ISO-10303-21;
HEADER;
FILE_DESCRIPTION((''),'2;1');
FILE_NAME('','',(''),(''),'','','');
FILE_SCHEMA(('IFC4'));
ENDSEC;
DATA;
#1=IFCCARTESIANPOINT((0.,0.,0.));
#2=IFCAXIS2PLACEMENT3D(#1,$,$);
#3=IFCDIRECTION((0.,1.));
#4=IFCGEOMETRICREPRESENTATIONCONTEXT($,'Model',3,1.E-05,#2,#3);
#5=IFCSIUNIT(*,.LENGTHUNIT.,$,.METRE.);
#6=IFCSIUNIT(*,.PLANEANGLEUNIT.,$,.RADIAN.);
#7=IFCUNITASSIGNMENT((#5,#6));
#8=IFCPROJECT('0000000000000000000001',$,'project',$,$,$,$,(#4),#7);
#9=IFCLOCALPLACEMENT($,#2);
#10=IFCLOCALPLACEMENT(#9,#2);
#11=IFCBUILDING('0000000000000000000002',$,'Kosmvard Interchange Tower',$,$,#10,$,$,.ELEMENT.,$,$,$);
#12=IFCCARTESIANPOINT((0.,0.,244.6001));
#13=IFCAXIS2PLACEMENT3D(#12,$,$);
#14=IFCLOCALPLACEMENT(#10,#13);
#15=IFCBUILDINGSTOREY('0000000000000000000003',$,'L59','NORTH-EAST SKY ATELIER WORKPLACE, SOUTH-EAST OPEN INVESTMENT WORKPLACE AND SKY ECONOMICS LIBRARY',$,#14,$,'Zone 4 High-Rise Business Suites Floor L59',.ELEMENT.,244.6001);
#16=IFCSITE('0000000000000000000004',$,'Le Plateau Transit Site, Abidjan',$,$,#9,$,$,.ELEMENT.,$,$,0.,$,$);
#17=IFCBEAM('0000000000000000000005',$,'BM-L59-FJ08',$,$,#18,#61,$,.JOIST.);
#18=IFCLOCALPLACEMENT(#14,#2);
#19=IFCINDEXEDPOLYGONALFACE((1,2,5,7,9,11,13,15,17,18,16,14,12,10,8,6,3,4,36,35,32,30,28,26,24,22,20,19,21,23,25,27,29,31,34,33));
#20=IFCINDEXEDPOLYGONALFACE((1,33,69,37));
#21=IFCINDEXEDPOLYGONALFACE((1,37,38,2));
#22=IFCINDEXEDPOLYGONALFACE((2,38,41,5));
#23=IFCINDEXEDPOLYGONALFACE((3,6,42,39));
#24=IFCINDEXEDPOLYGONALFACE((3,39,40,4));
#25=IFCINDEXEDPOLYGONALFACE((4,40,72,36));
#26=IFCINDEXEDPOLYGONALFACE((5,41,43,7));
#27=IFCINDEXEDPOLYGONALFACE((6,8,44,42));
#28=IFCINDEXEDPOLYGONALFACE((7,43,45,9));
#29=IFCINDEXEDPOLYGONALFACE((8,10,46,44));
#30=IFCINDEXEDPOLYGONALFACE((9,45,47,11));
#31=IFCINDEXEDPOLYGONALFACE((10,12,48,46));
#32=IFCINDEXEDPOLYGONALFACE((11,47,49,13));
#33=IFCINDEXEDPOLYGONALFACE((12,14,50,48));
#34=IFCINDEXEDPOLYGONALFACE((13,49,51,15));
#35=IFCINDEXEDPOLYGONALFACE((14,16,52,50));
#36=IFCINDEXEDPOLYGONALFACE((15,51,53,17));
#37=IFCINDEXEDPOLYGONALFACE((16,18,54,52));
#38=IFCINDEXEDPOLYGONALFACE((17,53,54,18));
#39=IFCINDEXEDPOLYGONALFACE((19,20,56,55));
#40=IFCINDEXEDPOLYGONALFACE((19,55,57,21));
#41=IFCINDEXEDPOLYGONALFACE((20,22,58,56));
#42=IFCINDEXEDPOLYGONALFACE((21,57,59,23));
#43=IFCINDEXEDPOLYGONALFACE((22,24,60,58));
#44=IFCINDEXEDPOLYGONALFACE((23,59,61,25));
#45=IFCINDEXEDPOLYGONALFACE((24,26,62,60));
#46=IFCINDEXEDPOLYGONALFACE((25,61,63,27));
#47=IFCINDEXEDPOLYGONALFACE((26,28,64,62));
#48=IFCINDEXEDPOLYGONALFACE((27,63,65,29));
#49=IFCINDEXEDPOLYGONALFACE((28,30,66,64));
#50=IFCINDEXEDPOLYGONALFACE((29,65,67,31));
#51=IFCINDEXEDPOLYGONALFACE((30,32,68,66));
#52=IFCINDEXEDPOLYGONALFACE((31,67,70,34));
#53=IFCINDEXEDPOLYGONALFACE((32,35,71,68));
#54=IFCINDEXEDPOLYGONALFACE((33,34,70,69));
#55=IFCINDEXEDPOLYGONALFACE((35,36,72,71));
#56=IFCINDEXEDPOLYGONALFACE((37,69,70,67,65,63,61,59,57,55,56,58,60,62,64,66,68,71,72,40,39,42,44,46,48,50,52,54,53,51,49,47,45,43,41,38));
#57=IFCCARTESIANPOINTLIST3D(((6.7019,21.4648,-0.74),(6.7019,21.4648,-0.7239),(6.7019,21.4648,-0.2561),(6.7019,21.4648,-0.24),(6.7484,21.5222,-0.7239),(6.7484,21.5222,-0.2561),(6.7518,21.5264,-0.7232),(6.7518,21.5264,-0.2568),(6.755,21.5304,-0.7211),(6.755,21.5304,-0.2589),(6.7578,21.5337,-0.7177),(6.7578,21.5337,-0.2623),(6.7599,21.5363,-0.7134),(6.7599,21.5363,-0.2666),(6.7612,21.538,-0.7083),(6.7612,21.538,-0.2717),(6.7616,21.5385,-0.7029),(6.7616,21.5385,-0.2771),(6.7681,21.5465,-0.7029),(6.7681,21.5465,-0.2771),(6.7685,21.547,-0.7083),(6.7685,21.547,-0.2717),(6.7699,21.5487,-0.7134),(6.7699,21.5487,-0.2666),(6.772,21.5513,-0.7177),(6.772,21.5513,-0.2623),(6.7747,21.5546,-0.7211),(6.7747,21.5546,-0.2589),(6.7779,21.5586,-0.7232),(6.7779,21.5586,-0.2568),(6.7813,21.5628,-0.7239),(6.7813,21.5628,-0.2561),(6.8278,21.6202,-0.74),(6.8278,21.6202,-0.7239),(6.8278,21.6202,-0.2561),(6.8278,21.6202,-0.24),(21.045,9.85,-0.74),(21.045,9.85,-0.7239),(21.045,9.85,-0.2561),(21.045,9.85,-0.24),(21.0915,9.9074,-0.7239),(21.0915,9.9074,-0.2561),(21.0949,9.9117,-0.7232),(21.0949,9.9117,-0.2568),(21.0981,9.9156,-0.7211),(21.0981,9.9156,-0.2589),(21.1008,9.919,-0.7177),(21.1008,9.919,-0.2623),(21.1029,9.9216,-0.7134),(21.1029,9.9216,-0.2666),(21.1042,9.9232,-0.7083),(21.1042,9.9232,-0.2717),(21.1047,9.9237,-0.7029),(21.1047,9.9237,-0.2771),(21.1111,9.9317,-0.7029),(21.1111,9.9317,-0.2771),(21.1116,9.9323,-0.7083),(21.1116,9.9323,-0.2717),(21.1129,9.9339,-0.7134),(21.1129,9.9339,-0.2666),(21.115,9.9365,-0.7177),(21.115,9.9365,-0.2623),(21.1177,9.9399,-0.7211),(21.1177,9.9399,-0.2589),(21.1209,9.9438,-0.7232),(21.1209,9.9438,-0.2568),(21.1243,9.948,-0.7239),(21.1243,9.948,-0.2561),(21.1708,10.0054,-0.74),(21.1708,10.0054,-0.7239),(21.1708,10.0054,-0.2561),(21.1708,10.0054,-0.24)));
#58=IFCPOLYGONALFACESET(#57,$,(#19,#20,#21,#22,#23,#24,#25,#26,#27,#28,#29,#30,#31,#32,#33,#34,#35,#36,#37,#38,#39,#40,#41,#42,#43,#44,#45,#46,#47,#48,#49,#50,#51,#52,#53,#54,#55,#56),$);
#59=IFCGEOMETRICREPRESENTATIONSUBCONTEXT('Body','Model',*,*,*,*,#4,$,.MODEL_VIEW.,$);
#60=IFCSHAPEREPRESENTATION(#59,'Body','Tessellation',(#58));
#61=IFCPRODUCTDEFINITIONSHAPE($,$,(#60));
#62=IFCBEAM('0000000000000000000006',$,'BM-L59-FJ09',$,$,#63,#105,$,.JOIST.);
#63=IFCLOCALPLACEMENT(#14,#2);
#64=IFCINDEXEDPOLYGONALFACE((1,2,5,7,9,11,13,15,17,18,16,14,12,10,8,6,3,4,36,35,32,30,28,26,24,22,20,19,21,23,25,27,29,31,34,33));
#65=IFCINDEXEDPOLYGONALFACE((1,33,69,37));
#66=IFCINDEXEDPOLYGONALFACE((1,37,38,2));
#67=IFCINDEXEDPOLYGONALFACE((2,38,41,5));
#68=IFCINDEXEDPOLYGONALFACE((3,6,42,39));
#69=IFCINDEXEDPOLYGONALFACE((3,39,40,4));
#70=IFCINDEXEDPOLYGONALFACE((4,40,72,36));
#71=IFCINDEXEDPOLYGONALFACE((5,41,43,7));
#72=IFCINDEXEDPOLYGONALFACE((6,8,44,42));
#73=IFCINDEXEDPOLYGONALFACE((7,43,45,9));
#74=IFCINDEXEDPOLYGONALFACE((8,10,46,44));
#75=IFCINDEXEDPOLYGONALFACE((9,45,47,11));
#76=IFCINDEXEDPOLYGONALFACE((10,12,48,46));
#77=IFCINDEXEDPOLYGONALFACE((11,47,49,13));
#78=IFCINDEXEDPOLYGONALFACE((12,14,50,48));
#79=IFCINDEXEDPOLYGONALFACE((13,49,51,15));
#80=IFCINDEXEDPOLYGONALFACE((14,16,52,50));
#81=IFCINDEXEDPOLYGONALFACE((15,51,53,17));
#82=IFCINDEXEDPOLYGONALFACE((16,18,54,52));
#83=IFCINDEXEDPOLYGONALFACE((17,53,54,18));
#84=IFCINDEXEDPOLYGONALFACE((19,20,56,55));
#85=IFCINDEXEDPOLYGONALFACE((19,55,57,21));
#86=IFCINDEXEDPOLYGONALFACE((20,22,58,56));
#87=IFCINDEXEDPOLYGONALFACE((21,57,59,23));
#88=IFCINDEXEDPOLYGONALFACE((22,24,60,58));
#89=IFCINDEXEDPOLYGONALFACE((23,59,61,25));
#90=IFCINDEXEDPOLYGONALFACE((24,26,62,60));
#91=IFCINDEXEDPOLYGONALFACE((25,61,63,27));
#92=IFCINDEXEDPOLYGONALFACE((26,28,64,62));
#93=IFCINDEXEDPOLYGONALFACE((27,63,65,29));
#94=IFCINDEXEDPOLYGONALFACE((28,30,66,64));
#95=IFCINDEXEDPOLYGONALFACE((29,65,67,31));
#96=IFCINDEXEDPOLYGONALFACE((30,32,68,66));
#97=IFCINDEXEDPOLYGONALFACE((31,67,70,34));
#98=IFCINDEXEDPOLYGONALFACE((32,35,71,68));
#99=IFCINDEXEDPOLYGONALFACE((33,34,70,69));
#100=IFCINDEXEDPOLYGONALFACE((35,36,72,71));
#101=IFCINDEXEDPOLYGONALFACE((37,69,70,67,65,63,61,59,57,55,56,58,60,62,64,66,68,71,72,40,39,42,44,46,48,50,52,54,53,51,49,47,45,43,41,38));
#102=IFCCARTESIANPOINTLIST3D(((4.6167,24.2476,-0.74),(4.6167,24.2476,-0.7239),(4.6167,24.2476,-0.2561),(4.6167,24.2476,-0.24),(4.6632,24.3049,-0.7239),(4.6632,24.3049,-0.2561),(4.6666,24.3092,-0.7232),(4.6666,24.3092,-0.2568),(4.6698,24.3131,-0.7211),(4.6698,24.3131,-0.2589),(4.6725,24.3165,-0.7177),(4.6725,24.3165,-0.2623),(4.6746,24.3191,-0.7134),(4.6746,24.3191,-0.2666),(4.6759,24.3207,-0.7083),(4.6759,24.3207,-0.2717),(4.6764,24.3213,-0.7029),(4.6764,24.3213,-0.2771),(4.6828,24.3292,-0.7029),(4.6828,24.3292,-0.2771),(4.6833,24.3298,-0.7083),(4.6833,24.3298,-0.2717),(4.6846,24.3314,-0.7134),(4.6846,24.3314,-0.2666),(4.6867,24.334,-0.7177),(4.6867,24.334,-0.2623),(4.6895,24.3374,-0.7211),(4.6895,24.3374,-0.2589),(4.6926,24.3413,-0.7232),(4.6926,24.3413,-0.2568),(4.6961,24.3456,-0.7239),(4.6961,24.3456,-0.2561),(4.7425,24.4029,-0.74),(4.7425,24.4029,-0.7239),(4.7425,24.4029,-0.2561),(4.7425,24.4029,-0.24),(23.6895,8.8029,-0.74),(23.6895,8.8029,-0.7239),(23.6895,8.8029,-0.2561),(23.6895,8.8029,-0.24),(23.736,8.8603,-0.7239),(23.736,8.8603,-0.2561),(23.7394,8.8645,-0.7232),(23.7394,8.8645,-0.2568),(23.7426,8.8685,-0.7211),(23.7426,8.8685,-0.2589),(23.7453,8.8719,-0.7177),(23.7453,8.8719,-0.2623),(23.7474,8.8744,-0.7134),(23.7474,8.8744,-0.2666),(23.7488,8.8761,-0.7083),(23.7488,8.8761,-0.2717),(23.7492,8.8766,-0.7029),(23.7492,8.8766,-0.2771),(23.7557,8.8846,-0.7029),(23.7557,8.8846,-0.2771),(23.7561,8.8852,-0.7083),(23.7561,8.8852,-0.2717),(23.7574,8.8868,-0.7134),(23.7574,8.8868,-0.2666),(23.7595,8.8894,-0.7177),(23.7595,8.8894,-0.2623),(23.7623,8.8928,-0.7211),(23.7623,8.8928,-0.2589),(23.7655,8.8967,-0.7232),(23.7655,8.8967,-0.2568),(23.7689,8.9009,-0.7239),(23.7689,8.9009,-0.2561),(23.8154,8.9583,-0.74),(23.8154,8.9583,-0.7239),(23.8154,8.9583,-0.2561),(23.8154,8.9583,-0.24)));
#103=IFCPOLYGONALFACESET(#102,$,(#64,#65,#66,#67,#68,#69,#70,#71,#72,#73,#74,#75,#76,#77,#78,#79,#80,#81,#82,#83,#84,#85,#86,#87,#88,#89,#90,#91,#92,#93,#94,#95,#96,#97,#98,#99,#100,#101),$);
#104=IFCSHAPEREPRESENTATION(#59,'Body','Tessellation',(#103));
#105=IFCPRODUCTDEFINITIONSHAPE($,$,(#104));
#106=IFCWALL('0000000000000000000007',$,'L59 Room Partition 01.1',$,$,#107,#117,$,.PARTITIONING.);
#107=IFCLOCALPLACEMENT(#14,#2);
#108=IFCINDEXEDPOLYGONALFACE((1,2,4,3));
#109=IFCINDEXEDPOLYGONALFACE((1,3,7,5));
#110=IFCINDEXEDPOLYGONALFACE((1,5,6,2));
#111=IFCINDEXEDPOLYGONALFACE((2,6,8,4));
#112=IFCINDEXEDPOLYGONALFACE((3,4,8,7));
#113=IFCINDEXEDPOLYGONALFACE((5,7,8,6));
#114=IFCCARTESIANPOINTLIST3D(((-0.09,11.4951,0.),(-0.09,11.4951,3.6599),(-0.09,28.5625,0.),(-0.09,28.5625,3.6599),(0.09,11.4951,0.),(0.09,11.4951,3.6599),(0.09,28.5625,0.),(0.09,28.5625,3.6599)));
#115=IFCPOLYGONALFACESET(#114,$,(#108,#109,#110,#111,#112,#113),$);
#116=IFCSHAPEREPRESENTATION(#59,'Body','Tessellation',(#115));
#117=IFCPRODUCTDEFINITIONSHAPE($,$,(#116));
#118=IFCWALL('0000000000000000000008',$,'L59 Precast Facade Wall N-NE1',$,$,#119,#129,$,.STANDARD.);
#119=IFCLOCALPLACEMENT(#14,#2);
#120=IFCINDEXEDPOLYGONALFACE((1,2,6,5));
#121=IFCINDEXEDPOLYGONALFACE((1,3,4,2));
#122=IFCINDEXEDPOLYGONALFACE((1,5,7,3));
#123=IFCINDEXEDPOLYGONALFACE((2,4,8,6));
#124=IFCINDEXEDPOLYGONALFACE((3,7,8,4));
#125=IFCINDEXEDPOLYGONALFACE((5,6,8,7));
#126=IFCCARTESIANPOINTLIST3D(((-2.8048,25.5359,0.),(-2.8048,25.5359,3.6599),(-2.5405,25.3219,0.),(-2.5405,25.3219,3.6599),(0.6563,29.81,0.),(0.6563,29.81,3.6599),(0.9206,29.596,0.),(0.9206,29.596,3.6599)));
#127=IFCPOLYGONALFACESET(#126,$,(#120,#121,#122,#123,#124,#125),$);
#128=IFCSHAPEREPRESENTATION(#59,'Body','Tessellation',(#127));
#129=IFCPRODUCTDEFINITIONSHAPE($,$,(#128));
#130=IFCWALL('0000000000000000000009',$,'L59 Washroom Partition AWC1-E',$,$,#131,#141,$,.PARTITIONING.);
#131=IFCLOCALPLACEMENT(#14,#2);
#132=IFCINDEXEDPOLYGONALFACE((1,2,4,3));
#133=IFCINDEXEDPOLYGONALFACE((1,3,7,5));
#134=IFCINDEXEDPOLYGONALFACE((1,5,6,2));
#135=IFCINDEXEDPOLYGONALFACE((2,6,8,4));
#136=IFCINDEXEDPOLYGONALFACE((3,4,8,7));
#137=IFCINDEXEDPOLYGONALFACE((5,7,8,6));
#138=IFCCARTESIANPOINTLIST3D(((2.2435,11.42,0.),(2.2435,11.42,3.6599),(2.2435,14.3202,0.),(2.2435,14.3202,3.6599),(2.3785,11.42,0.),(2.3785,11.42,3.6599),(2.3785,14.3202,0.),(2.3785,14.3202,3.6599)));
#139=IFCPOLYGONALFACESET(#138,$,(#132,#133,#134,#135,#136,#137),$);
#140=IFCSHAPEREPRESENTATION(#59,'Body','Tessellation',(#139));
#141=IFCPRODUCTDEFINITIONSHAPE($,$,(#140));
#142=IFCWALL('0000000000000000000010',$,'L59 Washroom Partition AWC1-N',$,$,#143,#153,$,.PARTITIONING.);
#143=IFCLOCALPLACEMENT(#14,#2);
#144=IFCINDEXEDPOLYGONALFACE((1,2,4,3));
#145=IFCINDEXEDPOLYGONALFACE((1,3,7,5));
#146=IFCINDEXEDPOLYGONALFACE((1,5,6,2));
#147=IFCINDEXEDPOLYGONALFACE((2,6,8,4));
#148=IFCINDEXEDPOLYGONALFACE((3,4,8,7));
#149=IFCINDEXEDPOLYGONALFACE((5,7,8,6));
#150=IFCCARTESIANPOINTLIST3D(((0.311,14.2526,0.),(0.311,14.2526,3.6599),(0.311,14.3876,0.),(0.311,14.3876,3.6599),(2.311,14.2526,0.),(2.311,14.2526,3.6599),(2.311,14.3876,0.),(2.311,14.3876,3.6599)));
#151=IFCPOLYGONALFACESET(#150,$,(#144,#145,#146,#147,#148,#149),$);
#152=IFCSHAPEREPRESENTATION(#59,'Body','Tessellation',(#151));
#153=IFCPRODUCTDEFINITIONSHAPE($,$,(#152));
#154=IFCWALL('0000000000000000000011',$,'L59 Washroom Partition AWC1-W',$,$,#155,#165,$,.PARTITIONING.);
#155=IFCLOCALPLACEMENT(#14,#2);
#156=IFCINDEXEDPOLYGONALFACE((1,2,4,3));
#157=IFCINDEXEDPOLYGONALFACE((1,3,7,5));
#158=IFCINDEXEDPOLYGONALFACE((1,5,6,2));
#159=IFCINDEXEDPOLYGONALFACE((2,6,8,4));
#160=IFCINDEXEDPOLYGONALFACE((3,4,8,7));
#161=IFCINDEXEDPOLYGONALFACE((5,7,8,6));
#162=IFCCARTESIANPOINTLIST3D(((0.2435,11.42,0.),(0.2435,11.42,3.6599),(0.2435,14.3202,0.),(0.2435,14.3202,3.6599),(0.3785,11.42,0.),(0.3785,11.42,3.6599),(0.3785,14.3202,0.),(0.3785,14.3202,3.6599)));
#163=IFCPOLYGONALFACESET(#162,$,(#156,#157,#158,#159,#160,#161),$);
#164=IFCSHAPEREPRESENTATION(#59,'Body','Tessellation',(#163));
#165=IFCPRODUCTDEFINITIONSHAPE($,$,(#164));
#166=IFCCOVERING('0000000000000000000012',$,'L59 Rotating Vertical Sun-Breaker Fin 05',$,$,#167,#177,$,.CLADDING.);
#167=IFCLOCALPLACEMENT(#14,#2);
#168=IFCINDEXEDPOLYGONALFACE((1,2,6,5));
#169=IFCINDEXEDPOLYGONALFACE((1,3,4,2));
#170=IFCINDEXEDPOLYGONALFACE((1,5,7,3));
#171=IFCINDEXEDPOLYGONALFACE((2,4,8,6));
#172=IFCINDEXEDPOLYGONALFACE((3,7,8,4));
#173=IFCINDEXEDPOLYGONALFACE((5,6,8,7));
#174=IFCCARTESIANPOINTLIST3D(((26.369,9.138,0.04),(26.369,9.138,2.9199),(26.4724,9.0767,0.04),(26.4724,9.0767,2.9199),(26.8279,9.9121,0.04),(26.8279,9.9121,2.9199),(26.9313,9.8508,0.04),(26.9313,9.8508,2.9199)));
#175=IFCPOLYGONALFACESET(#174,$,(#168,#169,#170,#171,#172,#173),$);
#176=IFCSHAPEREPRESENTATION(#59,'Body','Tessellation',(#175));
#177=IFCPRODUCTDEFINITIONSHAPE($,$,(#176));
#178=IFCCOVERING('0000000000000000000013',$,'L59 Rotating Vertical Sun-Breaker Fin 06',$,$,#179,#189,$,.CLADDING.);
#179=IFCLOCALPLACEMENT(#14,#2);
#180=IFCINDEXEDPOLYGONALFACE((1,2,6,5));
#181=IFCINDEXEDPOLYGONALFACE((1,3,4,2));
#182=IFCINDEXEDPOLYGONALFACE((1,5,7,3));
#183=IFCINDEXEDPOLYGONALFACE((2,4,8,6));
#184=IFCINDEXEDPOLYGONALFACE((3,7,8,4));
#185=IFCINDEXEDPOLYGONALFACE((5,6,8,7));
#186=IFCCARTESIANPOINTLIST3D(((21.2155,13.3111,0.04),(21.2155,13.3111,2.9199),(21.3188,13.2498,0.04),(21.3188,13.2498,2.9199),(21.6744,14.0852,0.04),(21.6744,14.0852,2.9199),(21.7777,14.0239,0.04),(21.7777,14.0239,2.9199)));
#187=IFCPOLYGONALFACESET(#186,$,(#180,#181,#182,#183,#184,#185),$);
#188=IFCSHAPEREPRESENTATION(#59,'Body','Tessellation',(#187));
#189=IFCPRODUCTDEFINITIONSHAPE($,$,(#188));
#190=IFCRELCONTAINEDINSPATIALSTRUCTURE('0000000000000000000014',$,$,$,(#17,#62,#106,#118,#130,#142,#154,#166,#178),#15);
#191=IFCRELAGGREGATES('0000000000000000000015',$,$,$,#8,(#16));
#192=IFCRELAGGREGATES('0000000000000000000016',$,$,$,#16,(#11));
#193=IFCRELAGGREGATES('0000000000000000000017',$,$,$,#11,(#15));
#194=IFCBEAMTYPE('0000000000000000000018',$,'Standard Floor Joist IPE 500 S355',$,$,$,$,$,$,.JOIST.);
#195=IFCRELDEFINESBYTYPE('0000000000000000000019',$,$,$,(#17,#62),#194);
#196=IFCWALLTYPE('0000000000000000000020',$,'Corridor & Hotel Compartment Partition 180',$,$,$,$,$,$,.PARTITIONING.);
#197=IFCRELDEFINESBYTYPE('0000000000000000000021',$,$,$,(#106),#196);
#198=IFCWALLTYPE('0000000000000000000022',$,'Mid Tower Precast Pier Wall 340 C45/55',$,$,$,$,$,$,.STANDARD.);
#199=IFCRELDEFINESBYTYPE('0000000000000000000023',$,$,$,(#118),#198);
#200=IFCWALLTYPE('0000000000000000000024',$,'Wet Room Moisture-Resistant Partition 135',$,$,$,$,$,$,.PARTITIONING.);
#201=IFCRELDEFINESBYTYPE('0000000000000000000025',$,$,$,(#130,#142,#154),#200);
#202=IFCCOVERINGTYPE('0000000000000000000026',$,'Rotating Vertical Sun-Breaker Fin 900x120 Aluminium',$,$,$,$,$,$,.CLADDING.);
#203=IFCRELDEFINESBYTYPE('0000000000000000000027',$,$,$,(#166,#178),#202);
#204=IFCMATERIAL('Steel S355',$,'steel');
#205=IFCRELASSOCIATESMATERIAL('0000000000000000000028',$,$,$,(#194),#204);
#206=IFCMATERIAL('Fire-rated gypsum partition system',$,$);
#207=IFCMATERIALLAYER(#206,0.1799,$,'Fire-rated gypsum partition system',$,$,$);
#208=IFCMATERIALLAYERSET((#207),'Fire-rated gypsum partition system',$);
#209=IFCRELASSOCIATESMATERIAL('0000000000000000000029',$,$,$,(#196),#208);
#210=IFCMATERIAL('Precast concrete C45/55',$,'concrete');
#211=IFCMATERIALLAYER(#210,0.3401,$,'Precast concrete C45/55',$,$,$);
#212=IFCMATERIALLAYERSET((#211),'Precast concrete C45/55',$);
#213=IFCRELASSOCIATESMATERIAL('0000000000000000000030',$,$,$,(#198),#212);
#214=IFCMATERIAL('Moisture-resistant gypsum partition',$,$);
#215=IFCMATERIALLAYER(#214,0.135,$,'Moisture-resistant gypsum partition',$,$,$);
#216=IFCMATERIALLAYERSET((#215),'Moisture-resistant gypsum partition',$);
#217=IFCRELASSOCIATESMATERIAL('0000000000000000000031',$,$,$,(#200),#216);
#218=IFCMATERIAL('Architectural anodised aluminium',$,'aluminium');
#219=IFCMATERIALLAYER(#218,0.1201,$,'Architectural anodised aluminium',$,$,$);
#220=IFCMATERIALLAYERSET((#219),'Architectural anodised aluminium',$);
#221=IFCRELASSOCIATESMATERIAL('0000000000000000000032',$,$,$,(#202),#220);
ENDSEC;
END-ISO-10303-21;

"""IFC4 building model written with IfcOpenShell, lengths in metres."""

from ifc_helpers import new_model, si_unit, direction, frame, frame_2d, origin, origin_2d, place, context, subcontext, project, spatial, rectangle, i_section, extrude, source, transform, mapped, material, layer, layer_set, material_profile, profile_set, type_object, element, save


model = new_model("IFC4")

# Units and contexts
model_context = context("Model", 3, precision=1e-05, world=origin(), true_north=direction((0.0, 1.0)))
body_context = subcontext(model_context, "Body", "Model", "MODEL_VIEW")
ifc_project = project(units=[si_unit("LENGTHUNIT", "METRE"), si_unit("PLANEANGLEUNIT", "RADIAN")], contexts=[model_context])

# Site, building, storey
site_placement = place(None, origin())
site = spatial("IfcSite", under=ifc_project, at=site_placement, Name="Le Plateau Transit Site, Abidjan", CompositionType="ELEMENT", RefElevation=0.0)
building_placement = place(site_placement, origin())
building = spatial("IfcBuilding", under=site, at=building_placement, Name="Kosmvard Interchange Tower", CompositionType="ELEMENT")
storey_placement = place(building_placement, frame((0.0, 0.0, 244.6001)))
storey = spatial("IfcBuildingStorey", under=building, at=storey_placement, Name="L59", Description="NORTH-EAST SKY ATELIER WORKPLACE, SOUTH-EAST OPEN INVESTMENT WORKPLACE AND SKY ECONOMICS LIBRARY", LongName="Zone 4 High-Rise Business Suites Floor L59", CompositionType="ELEMENT", Elevation=244.6001)

# Beams
ifc_material_1 = material(Name="Steel S355", Category="steel")
ifc_material_2 = material(Name="Precast concrete C45/55", Category="concrete")
ifc_material_profile_1 = material_profile(ifc_material_1, i_section(OverallWidth=0.2, OverallDepth=0.5, WebThickness=0.0103, FlangeThickness=0.0161, FilletRadius=0.021, at=origin_2d()), Name="IPE 500")
ifc_profile_set_1 = profile_set([ifc_material_profile_1], Name="Steel S355")
beam_type_1 = type_object("IfcBeamType", Name="Standard Floor Joist IPE 500 S355", PredefinedType="JOIST", material=ifc_profile_set_1)
shared_shape_1 = source(origin(), body_context, "Body", "SweptSolid", [
    extrude(i_section(OverallWidth=0.2, OverallDepth=0.5, WebThickness=0.0103, FlangeThickness=0.0161, FilletRadius=0.021, at=origin_2d()), origin(), (0.0, 0.0, 1.0), 18.4561),
])
beam_1_placement = place(storey_placement, frame((21.1079, 9.9277, -0.49), z_axis=(-0.777146, 0.62932, 0.0), x_axis=(-0.62932, -0.777146, 0.0)))
element("IfcBeam", 1, at=beam_1_placement, inside=storey, type_object=beam_type_1, Name="BM-L59-FJ08", PredefinedType="JOIST", context=body_context, shape_type="MappedRepresentation", body=[
    mapped(shared_shape_1, transform((0.0, 0.0, 0.0), scale=1.0)),
])
shared_shape_2 = source(origin(), body_context, "Body", "SweptSolid", [
    extrude(i_section(OverallWidth=0.2, OverallDepth=0.5, WebThickness=0.0103, FlangeThickness=0.0161, FilletRadius=0.021, at=origin_2d()), origin(), (0.0, 0.0, 1.0), 24.542),
])
beam_2_placement = place(storey_placement, frame((23.7524, 8.8806, -0.49), z_axis=(-0.777151, 0.629315, 0.0), x_axis=(-0.629315, -0.777151, 0.0)))
element("IfcBeam", 2, at=beam_2_placement, inside=storey, type_object=beam_type_1, Name="BM-L59-FJ09", PredefinedType="JOIST", context=body_context, shape_type="MappedRepresentation", body=[
    mapped(shared_shape_2, transform((0.0, 0.0, 0.0), scale=1.0)),
])

# Walls
ifc_material_3 = material(Name="Fire-rated gypsum partition system")
ifc_layer_1 = layer(ifc_material_3, 0.1799, Name="Fire-rated gypsum partition system")
ifc_layer_set_1 = layer_set([ifc_layer_1], Name="Fire-rated gypsum partition system")
wall_type_1 = type_object("IfcWallType", Name="Corridor & Hotel Compartment Partition 180", PredefinedType="PARTITIONING", material=ifc_layer_set_1)
wall_1_placement = place(storey_placement, frame((0.0, 11.4951, 0.0), z_axis=(0.0, 0.0, 1.0), x_axis=(0.0, 1.0, 0.0)))
element("IfcWall", 3, at=wall_1_placement, inside=storey, type_object=wall_type_1, Name="L59 Room Partition 01.1", PredefinedType="PARTITIONING", context=body_context, shape_type="SweptSolid", body=[
    extrude(rectangle(XDim=17.0674, YDim=0.1799, at=frame_2d((8.5337, 0.0))), origin(), (0.0, 0.0, 1.0), 3.6599),
])
ifc_layer_2 = layer(ifc_material_2, 0.3401, Name="Precast concrete C45/55")
ifc_layer_set_2 = layer_set([ifc_layer_2], Name="Precast concrete C45/55")
wall_type_2 = type_object("IfcWallType", Name="Mid Tower Precast Pier Wall 340 C45/55", PredefinedType="STANDARD", material=ifc_layer_set_2)
wall_2_placement = place(storey_placement, frame((0.7886, 29.7031, 0.0), z_axis=(0.0, 0.0, 1.0), x_axis=(-0.629323, -0.777144, 0.0)))
element("IfcWall", 4, at=wall_2_placement, inside=storey, type_object=wall_type_2, Name="L59 Precast Facade Wall N-NE1", PredefinedType="STANDARD", context=body_context, shape_type="SweptSolid", body=[
    extrude(rectangle(XDim=5.4998, YDim=0.3401, at=frame_2d((2.75, 0.0))), origin(), (0.0, 0.0, 1.0), 3.6599),
])
ifc_material_4 = material(Name="Moisture-resistant gypsum partition")
ifc_layer_3 = layer(ifc_material_4, 0.135, Name="Moisture-resistant gypsum partition")
ifc_layer_set_3 = layer_set([ifc_layer_3], Name="Moisture-resistant gypsum partition")
wall_type_3 = type_object("IfcWallType", Name="Wet Room Moisture-Resistant Partition 135", PredefinedType="PARTITIONING", material=ifc_layer_set_3)
wall_3_placement = place(storey_placement, frame((2.311, 11.4199, 0.0), z_axis=(0.0, 0.0, 1.0), x_axis=(0.0, 1.0, 0.0)))
element("IfcWall", 5, at=wall_3_placement, inside=storey, type_object=wall_type_3, Name="L59 Washroom Partition AWC1-E", PredefinedType="PARTITIONING", context=body_context, shape_type="SweptSolid", body=[
    extrude(rectangle(XDim=2.9001, YDim=0.135, at=frame_2d((1.4502, 0.0))), origin(), (0.0, 0.0, 1.0), 3.6599),
])
wall_4_placement = place(storey_placement, frame((0.311, 14.3201, 0.0), z_axis=(0.0, 0.0, 1.0), x_axis=(1.0, 0.0, 0.0)))
element("IfcWall", 6, at=wall_4_placement, inside=storey, type_object=wall_type_3, Name="L59 Washroom Partition AWC1-N", PredefinedType="PARTITIONING", context=body_context, shape_type="SweptSolid", body=[
    extrude(rectangle(XDim=2.0, YDim=0.135, at=frame_2d((1.0, 0.0))), origin(), (0.0, 0.0, 1.0), 3.6599),
])
wall_5_placement = place(storey_placement, frame((0.311, 11.4199, 0.0), z_axis=(0.0, 0.0, 1.0), x_axis=(0.0, 1.0, 0.0)))
element("IfcWall", 7, at=wall_5_placement, inside=storey, type_object=wall_type_3, Name="L59 Washroom Partition AWC1-W", PredefinedType="PARTITIONING", context=body_context, shape_type="SweptSolid", body=[
    extrude(rectangle(XDim=2.9001, YDim=0.135, at=frame_2d((1.4502, 0.0))), origin(), (0.0, 0.0, 1.0), 3.6599),
])

# Coverings
ifc_material_5 = material(Name="Architectural anodised aluminium", Category="aluminium")
ifc_layer_4 = layer(ifc_material_5, 0.1201, Name="Architectural anodised aluminium")
ifc_layer_set_4 = layer_set([ifc_layer_4], Name="Architectural anodised aluminium")
covering_type = type_object("IfcCoveringType", Name="Rotating Vertical Sun-Breaker Fin 900x120 Aluminium", PredefinedType="CLADDING", material=ifc_layer_set_4)
shared_shape_3 = source(origin(), body_context, "Body", "SweptSolid", [
    extrude(rectangle(XDim=0.8999, YDim=0.1201, at=origin_2d()), origin(), (0.0, 0.0, 1.0), 2.8799),
])
for number, where, z_axis, x_axis, name in (
    (8, (26.6501, 9.4944, 0.04), (0.0, 0.0, 1.0), (0.509943, 0.860208, 0.0), "L59 Rotating Vertical Sun-Breaker Fin 05"),
    (9, (21.4966, 13.6675, 0.04), (0.0, 0.0, 1.0), (0.509943, 0.860208, 0.0), "L59 Rotating Vertical Sun-Breaker Fin 06"),
):
    element("IfcCovering", number, at=place(storey_placement, frame(where, z_axis=z_axis, x_axis=x_axis)), inside=storey, type_object=covering_type, Name=name, PredefinedType="CLADDING", context=body_context, shape_type="MappedRepresentation", body=[
        mapped(shared_shape_3, transform((0.0, 0.0, 0.0), scale=1.0)),
    ])

save(model, "model.ifc")
